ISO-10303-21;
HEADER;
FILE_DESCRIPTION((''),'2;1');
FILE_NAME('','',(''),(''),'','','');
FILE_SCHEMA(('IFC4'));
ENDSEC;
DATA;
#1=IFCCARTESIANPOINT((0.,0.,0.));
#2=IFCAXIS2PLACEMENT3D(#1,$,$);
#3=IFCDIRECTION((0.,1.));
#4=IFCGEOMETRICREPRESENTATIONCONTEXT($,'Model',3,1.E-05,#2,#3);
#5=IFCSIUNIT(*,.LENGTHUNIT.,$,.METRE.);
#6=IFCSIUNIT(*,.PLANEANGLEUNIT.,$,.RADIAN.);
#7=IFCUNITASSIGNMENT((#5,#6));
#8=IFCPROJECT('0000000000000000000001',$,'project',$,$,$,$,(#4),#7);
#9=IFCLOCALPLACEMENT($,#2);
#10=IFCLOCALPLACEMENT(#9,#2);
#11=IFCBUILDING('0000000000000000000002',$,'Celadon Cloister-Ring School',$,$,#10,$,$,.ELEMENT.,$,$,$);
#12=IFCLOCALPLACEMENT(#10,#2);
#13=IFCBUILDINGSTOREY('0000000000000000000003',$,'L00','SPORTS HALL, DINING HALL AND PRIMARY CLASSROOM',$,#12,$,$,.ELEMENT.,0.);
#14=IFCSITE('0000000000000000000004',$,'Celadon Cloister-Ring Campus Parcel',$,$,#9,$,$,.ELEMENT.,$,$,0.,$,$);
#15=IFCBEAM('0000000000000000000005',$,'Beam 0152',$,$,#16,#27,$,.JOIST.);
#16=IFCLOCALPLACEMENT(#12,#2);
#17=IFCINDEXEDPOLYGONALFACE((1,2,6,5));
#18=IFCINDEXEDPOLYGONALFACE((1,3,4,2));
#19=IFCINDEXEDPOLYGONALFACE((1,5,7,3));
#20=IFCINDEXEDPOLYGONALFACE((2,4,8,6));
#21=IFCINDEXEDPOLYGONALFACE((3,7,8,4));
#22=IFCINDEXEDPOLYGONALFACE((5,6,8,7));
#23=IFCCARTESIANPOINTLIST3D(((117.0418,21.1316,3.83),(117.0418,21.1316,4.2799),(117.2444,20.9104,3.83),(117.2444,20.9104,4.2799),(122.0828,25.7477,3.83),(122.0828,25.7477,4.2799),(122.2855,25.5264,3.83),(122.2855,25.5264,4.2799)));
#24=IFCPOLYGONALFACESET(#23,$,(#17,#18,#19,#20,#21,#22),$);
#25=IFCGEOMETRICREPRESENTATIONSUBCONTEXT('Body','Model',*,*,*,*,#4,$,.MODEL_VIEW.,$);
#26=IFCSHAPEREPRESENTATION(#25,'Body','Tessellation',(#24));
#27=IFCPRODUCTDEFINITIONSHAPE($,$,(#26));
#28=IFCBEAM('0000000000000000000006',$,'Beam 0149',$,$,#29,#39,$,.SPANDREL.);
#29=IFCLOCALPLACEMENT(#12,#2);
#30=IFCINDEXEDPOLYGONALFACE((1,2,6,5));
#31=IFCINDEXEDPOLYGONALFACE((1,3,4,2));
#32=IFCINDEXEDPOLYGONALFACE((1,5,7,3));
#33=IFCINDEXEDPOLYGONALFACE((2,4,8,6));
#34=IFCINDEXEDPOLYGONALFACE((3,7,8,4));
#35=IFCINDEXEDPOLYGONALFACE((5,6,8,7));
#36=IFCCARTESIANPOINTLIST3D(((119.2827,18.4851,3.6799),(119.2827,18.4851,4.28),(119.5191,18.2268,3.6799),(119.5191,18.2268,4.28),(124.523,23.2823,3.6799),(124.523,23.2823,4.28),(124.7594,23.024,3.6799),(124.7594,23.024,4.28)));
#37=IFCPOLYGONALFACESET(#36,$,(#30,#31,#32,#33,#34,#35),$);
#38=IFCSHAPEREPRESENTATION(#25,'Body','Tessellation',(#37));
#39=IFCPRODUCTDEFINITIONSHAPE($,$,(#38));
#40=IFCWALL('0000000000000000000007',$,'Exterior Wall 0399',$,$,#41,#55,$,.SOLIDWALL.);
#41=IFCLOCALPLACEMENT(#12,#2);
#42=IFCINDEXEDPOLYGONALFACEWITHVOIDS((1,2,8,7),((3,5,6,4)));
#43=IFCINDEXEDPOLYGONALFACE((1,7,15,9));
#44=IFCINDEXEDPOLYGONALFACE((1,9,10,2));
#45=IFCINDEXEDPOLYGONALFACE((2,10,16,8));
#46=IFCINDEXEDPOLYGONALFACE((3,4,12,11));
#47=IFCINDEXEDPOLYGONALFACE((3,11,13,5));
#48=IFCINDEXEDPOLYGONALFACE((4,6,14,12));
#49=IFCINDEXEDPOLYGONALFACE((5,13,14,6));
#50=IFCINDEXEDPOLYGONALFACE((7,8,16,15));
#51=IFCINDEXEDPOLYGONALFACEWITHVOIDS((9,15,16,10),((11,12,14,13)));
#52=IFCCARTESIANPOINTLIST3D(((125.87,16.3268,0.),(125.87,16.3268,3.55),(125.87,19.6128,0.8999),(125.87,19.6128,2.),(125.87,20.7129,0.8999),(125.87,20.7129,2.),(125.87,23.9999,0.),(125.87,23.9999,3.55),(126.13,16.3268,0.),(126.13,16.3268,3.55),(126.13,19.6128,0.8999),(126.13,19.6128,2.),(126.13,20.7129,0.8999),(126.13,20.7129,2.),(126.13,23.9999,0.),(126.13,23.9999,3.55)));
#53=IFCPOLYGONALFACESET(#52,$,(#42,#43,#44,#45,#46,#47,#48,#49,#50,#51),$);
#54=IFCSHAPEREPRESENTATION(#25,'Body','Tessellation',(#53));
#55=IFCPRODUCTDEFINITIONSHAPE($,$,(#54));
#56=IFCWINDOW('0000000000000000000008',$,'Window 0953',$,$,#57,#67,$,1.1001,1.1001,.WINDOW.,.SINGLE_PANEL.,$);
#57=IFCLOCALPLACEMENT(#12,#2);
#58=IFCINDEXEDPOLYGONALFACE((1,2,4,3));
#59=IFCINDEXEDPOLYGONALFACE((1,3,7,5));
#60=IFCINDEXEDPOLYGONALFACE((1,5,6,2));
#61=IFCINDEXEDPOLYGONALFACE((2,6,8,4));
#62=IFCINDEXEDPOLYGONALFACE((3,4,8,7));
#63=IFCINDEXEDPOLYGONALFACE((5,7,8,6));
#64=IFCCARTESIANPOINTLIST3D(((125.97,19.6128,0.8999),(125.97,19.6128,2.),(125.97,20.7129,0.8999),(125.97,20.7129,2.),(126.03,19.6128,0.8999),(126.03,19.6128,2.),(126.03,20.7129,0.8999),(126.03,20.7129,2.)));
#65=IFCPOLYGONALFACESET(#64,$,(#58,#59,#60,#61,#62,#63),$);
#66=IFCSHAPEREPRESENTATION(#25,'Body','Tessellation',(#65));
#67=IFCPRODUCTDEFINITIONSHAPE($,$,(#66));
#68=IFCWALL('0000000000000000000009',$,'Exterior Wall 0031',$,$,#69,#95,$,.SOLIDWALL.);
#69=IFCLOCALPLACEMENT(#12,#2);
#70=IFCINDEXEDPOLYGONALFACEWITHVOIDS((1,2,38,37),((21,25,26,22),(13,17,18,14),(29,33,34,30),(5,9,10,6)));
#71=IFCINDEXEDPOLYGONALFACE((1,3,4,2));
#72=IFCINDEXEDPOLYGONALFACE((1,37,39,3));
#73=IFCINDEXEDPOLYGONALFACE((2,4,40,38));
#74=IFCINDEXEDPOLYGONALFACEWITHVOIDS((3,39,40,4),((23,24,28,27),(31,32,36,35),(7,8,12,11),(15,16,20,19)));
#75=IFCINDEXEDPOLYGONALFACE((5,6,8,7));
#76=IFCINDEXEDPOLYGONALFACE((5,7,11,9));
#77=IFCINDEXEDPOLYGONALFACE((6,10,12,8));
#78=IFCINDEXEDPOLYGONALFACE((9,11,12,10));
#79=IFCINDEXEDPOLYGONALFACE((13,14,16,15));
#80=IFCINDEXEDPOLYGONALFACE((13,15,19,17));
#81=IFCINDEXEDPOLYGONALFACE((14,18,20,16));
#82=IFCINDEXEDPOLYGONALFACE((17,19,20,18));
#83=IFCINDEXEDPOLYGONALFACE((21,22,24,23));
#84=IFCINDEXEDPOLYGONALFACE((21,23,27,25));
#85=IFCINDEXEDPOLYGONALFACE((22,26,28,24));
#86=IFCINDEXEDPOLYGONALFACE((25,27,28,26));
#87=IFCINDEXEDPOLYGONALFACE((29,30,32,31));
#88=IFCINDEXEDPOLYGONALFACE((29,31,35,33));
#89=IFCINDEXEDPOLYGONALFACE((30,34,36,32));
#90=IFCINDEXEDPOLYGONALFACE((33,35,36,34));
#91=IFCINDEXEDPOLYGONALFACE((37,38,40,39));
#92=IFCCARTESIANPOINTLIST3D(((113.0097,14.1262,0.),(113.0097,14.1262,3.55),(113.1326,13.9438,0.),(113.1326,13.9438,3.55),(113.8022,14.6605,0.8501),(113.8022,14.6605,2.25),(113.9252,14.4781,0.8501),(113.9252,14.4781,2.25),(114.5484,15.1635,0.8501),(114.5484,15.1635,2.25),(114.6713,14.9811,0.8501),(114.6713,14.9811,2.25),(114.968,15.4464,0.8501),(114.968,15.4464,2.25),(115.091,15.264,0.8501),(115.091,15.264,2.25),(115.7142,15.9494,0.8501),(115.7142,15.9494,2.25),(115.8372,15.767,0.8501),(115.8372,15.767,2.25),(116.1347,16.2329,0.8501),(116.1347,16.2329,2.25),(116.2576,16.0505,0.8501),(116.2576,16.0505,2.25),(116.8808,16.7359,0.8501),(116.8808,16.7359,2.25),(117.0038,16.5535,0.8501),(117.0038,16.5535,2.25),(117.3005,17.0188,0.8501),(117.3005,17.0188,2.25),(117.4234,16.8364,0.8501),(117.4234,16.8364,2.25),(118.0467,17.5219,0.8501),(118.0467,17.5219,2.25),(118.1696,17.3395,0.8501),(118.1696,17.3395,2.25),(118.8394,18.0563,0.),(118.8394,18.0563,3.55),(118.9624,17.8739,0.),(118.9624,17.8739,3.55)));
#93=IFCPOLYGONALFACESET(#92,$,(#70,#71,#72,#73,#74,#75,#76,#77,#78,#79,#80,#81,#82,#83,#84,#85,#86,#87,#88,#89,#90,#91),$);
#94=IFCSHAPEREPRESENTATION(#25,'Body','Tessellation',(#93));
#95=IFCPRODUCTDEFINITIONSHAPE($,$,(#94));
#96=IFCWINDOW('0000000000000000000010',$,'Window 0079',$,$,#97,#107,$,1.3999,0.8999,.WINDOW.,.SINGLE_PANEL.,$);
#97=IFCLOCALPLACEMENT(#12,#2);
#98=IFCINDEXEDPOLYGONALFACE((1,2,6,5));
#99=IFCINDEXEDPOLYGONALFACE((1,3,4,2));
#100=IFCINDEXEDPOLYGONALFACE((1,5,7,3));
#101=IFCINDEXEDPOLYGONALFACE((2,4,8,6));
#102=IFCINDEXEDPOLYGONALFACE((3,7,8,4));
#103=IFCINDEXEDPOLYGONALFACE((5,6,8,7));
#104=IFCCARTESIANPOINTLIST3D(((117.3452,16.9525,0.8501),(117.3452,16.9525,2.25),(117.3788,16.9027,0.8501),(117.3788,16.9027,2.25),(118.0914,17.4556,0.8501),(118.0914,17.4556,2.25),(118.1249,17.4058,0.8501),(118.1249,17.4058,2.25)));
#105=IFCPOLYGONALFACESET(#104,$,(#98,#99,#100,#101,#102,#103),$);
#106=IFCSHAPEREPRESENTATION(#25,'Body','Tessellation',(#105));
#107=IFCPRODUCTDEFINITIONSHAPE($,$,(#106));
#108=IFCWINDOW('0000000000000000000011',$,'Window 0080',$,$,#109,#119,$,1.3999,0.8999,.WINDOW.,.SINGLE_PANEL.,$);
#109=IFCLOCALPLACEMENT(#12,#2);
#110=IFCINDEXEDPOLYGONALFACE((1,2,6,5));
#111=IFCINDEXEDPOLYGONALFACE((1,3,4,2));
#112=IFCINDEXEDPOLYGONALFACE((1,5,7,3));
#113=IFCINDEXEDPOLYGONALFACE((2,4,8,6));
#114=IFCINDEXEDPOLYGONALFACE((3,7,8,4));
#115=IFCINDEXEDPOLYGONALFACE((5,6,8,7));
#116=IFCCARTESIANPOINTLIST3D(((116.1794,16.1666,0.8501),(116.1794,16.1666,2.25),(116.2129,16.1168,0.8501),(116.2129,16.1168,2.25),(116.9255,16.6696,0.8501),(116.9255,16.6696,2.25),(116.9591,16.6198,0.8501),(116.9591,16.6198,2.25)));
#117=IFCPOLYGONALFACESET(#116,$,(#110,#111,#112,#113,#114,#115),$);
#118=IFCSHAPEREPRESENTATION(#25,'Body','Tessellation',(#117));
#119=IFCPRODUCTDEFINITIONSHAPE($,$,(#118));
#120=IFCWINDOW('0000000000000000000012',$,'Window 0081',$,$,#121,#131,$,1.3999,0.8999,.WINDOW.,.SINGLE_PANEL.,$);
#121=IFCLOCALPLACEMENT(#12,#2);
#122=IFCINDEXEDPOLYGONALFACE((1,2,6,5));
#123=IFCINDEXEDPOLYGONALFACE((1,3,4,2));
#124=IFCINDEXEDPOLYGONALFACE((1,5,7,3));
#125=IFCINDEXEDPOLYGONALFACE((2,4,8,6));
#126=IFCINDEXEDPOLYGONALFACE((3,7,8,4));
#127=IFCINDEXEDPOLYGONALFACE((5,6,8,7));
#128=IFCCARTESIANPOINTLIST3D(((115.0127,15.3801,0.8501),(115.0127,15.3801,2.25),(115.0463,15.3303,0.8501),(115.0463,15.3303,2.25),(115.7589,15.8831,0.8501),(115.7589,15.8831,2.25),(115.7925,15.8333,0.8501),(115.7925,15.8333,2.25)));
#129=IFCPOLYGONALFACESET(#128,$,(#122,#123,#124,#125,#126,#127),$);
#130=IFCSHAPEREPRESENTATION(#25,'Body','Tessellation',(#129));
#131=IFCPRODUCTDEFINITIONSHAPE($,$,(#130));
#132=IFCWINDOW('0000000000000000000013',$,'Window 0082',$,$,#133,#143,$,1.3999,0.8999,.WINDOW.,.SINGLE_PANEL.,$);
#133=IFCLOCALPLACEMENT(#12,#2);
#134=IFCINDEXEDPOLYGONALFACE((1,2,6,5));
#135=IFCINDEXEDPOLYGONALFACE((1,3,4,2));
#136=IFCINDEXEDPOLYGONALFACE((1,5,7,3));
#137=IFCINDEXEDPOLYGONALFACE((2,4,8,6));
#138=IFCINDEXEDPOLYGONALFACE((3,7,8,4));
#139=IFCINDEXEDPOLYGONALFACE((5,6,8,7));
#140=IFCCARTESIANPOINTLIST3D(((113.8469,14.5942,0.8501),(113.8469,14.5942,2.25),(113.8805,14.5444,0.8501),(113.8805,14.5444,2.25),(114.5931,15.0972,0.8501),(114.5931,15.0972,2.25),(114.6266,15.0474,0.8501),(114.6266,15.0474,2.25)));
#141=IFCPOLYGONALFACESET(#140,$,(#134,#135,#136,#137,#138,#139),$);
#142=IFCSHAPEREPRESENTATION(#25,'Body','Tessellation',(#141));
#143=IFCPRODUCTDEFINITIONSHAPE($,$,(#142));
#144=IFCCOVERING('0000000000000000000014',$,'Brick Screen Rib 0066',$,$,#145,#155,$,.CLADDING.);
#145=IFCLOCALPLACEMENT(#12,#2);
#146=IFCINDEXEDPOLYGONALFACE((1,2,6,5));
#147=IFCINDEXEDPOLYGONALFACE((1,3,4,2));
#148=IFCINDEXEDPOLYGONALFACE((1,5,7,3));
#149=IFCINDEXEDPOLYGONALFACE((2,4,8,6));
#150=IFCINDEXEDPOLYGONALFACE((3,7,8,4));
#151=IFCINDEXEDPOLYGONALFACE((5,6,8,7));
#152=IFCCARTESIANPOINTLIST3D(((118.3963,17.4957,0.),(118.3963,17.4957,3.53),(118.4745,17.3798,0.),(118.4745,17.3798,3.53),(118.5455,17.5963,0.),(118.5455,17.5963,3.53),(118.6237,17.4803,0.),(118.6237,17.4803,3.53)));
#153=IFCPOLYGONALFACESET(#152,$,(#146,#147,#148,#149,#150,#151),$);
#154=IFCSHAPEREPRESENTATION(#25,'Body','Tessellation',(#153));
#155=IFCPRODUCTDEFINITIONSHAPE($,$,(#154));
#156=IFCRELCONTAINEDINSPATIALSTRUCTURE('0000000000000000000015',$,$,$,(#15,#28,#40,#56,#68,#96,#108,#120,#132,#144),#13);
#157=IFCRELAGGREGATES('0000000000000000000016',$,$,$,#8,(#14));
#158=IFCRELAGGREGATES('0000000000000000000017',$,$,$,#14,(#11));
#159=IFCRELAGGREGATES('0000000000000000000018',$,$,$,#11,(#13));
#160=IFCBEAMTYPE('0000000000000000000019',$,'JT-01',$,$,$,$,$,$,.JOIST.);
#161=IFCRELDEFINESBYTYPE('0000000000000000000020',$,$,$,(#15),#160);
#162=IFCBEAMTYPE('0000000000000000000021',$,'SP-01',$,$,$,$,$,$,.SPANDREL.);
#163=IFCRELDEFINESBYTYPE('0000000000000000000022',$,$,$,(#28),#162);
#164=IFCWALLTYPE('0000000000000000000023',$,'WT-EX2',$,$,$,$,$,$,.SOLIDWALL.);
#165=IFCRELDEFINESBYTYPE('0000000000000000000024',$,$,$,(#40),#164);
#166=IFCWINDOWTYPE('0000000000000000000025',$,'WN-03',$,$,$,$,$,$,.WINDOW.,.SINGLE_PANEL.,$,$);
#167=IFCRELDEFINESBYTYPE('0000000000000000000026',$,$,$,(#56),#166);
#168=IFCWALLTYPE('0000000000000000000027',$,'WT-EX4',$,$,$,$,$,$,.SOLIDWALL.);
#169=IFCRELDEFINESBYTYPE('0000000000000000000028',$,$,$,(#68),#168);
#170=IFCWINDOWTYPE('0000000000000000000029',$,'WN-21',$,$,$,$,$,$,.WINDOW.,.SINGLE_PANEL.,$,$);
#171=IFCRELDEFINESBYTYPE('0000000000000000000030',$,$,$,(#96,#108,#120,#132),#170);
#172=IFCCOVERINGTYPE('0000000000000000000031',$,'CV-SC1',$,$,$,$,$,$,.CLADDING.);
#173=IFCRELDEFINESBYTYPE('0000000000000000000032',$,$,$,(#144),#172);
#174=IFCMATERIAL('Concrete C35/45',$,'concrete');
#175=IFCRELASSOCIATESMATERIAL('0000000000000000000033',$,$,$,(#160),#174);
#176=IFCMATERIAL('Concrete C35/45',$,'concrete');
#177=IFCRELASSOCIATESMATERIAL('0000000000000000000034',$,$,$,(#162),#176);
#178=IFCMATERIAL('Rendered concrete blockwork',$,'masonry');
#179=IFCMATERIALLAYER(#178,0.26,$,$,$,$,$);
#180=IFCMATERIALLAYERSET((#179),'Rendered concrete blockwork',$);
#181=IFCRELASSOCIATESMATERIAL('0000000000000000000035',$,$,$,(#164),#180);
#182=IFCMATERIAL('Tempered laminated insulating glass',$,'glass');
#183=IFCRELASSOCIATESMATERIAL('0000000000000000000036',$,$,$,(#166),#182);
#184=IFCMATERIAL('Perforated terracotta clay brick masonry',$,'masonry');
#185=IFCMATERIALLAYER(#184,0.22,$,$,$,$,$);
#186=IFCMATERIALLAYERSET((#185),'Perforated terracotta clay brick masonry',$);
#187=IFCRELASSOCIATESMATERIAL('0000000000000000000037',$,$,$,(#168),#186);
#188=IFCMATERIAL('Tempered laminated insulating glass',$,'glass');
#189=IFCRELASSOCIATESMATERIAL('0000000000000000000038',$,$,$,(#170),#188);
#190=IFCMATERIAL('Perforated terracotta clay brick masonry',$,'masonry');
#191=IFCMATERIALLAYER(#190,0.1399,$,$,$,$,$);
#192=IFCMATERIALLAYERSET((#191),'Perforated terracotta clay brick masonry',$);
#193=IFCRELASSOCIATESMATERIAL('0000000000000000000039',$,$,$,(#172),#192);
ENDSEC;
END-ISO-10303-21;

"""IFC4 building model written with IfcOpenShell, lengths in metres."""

from ifc_helpers import new_model, si_unit, direction, frame, frame_2d, origin, origin_2d, place, context, subcontext, project, spatial, rectangle, extrude, material, layer, layer_set, material_profile, profile_set, type_object, element, fill, save


model = new_model("IFC4")

# Units and contexts
model_context = context("Model", 3, precision=1e-05, world=origin(), true_north=direction((0.0, 1.0)))
body_context = subcontext(model_context, "Body", "Model", "MODEL_VIEW")
ifc_project = project(units=[si_unit("LENGTHUNIT", "METRE"), si_unit("PLANEANGLEUNIT", "RADIAN")], contexts=[model_context])

# Site, building, storey
site_placement = place(None, origin())
site = spatial("IfcSite", under=ifc_project, at=site_placement, Name="Celadon Cloister-Ring Campus Parcel", CompositionType="ELEMENT", RefElevation=0.0)
building_placement = place(site_placement, origin())
building = spatial("IfcBuilding", under=site, at=building_placement, Name="Celadon Cloister-Ring School", CompositionType="ELEMENT")
storey_placement = place(building_placement, origin())
storey = spatial("IfcBuildingStorey", under=building, at=storey_placement, Name="L00", Description="SPORTS HALL, DINING HALL AND PRIMARY CLASSROOM", CompositionType="ELEMENT", Elevation=0.0)

# Beams
ifc_material_1 = material(Name="Concrete C35/45", Category="concrete")
ifc_material_profile_1 = material_profile(ifc_material_1, rectangle(XDim=0.3, YDim=0.45, at=origin_2d()), Name="RC300X450")
ifc_profile_set_1 = profile_set([ifc_material_profile_1], Name="Concrete C35/45")
beam_type_1 = type_object("IfcBeamType", Name="JT-01", PredefinedType="JOIST", material=ifc_profile_set_1)
beam_1_placement = place(storey_placement, frame((117.1431, 21.021, 4.0549), z_axis=(0.737516, 0.67533, 0.0), x_axis=(-0.67533, 0.737516, 0.0)))
element("IfcBeam", 1, at=beam_1_placement, inside=storey, type_object=beam_type_1, Name="Beam 0152", PredefinedType="JOIST", context=body_context, shape_type="SweptSolid", body=[
    extrude(rectangle(XDim=0.3, YDim=0.45, at=origin_2d()), origin(), (0.0, 0.0, 1.0), 6.8352),
])
ifc_material_2 = material(Name="Concrete C35/45", Category="concrete")
ifc_material_profile_2 = material_profile(ifc_material_2, rectangle(XDim=0.3501, YDim=0.6001, at=origin_2d()), Name="RC350X600")
ifc_profile_set_2 = profile_set([ifc_material_profile_2], Name="Concrete C35/45")
beam_type_2 = type_object("IfcBeamType", Name="SP-01", PredefinedType="SPANDREL", material=ifc_profile_set_2)
beam_2_placement = place(storey_placement, frame((119.4009, 18.356, 3.98), z_axis=(0.737605, 0.675233, 0.0), x_axis=(-0.675233, 0.737605, 0.0)))
element("IfcBeam", 2, at=beam_2_placement, inside=storey, type_object=beam_type_2, Name="Beam 0149", PredefinedType="SPANDREL", context=body_context, shape_type="SweptSolid", body=[
    extrude(rectangle(XDim=0.3501, YDim=0.6001, at=origin_2d()), origin(), (0.0, 0.0, 1.0), 7.1045),
])

# Wall, opening, window
ifc_material_3 = material(Name="Rendered concrete blockwork", Category="masonry")
ifc_layer_1 = layer(ifc_material_3, 0.26)
ifc_layer_set_1 = layer_set([ifc_layer_1], Name="Rendered concrete blockwork")
wall_type_1 = type_object("IfcWallType", Name="WT-EX2", PredefinedType="SOLIDWALL", material=ifc_layer_set_1)
wall_1_placement = place(storey_placement, frame((126.0, 16.3269, 0.0), z_axis=(0.0, 0.0, 1.0), x_axis=(0.0, 1.0, 0.0)))
wall_1 = element("IfcWall", 3, at=wall_1_placement, inside=storey, type_object=wall_type_1, Name="Exterior Wall 0399", PredefinedType="SOLIDWALL", context=body_context, shape_type="SweptSolid", body=[
    extrude(rectangle(XDim=7.6731, YDim=0.26, at=frame_2d((3.8364, 0.0))), origin(), (0.0, 0.0, 1.0), 3.55),
])
opening_1_placement = place(wall_1_placement, frame((3.2859, 0.0, 0.8999)))
opening_1 = element("IfcOpeningElement", 4, at=opening_1_placement, cuts=wall_1, PredefinedType="OPENING", context=body_context, shape_type="SweptSolid", body=[
    extrude(rectangle(XDim=1.1001, YDim=1.1001, at=frame_2d((0.55, 0.55))), frame((0.0, 0.1401, 0.0), z_axis=(0.0, -1.0, 0.0), x_axis=(1.0, 0.0, 0.0)), (0.0, 0.0, 1.0), 0.28),
])
ifc_material_4 = material(Name="Tempered laminated insulating glass", Category="glass")
window_type_1 = type_object("IfcWindowType", Name="WN-03", PartitioningType="SINGLE_PANEL", PredefinedType="WINDOW", material=ifc_material_4)
window_1_placement = place(opening_1_placement, origin())
window_1 = element("IfcWindow", 5, at=window_1_placement, inside=storey, type_object=window_type_1, Name="Window 0953", OverallHeight=1.1001, OverallWidth=1.1001, PartitioningType="SINGLE_PANEL", PredefinedType="WINDOW", context=body_context, shape_type="SweptSolid", body=[
    extrude(rectangle(XDim=1.1001, YDim=1.1001, at=frame_2d((0.55, 0.55))), frame((0.0, 0.03, 0.0), z_axis=(0.0, -1.0, 0.0), x_axis=(1.0, 0.0, 0.0)), (0.0, 0.0, 1.0), 0.0601),
])
fill(opening_1, window_1)

# Wall, openings, windows
ifc_material_5 = material(Name="Perforated terracotta clay brick masonry", Category="masonry")
ifc_layer_2 = layer(ifc_material_5, 0.22)
ifc_layer_set_2 = layer_set([ifc_layer_2], Name="Perforated terracotta clay brick masonry")
wall_type_2 = type_object("IfcWallType", Name="WT-EX4", PredefinedType="SOLIDWALL", material=ifc_layer_set_2)
wall_2_placement = place(storey_placement, frame((118.9009, 17.9651, 0.0), z_axis=(0.0, 0.0, 1.0), x_axis=(-0.829176, -0.558988, 0.0)))
wall_2 = element("IfcWall", 6, at=wall_2_placement, inside=storey, type_object=wall_type_2, Name="Exterior Wall 0031", PredefinedType="SOLIDWALL", context=body_context, shape_type="SweptSolid", body=[
    extrude(rectangle(XDim=7.0308, YDim=0.22, at=frame_2d((3.5154, 0.0))), origin(), (0.0, 0.0, 1.0), 3.55),
])
opening_2_placement = place(wall_2_placement, frame((0.9561, 0.0, 0.8501)))
opening_2 = element("IfcOpeningElement", 7, at=opening_2_placement, cuts=wall_2, PredefinedType="OPENING", context=body_context, shape_type="SweptSolid", body=[
    extrude(rectangle(XDim=0.8999, YDim=1.3999, at=frame_2d((0.45, 0.7))), frame((0.0, 0.1201, 0.0), z_axis=(0.0, -1.0, 0.0), x_axis=(1.0, 0.0, 0.0)), (0.0, 0.0, 1.0), 0.24),
])
opening_3_placement = place(wall_2_placement, frame((2.3621, 0.0, 0.8501)))
opening_3 = element("IfcOpeningElement", 8, at=opening_3_placement, cuts=wall_2, PredefinedType="OPENING", context=body_context, shape_type="SweptSolid", body=[
    extrude(rectangle(XDim=0.8999, YDim=1.3999, at=frame_2d((0.45, 0.7))), frame((0.0, 0.1201, 0.0), z_axis=(0.0, -1.0, 0.0), x_axis=(1.0, 0.0, 0.0)), (0.0, 0.0, 1.0), 0.24),
])
opening_4_placement = place(wall_2_placement, frame((3.769, 0.0, 0.8501)))
opening_4 = element("IfcOpeningElement", 9, at=opening_4_placement, cuts=wall_2, PredefinedType="OPENING", context=body_context, shape_type="SweptSolid", body=[
    extrude(rectangle(XDim=0.8999, YDim=1.3999, at=frame_2d((0.45, 0.7))), frame((0.0, 0.1201, 0.0), z_axis=(0.0, -1.0, 0.0), x_axis=(1.0, 0.0, 0.0)), (0.0, 0.0, 1.0), 0.24),
])
opening_5_placement = place(wall_2_placement, frame((5.175, 0.0, 0.8501)))
opening_5 = element("IfcOpeningElement", 10, at=opening_5_placement, cuts=wall_2, PredefinedType="OPENING", context=body_context, shape_type="SweptSolid", body=[
    extrude(rectangle(XDim=0.8999, YDim=1.3999, at=frame_2d((0.45, 0.7))), frame((0.0, 0.1201, 0.0), z_axis=(0.0, -1.0, 0.0), x_axis=(1.0, 0.0, 0.0)), (0.0, 0.0, 1.0), 0.24),
])
ifc_material_6 = material(Name="Tempered laminated insulating glass", Category="glass")
window_type_2 = type_object("IfcWindowType", Name="WN-21", PartitioningType="SINGLE_PANEL", PredefinedType="WINDOW", material=ifc_material_6)
window_2_placement = place(opening_2_placement, origin())
window_2 = element("IfcWindow", 11, at=window_2_placement, inside=storey, type_object=window_type_2, Name="Window 0079", OverallHeight=1.3999, OverallWidth=0.8999, PartitioningType="SINGLE_PANEL", PredefinedType="WINDOW", context=body_context, shape_type="SweptSolid", body=[
    extrude(rectangle(XDim=0.8999, YDim=1.3999, at=frame_2d((0.45, 0.7))), frame((0.0, 0.03, 0.0), z_axis=(0.0, -1.0, 0.0), x_axis=(1.0, 0.0, 0.0)), (0.0, 0.0, 1.0), 0.0601),
])
fill(opening_2, window_2)
window_3_placement = place(opening_3_placement, origin())
window_3 = element("IfcWindow", 12, at=window_3_placement, inside=storey, type_object=window_type_2, Name="Window 0080", OverallHeight=1.3999, OverallWidth=0.8999, PartitioningType="SINGLE_PANEL", PredefinedType="WINDOW", context=body_context, shape_type="SweptSolid", body=[
    extrude(rectangle(XDim=0.8999, YDim=1.3999, at=frame_2d((0.45, 0.7))), frame((0.0, 0.03, 0.0), z_axis=(0.0, -1.0, 0.0), x_axis=(1.0, 0.0, 0.0)), (0.0, 0.0, 1.0), 0.0601),
])
fill(opening_3, window_3)
window_4_placement = place(opening_4_placement, origin())
window_4 = element("IfcWindow", 13, at=window_4_placement, inside=storey, type_object=window_type_2, Name="Window 0081", OverallHeight=1.3999, OverallWidth=0.8999, PartitioningType="SINGLE_PANEL", PredefinedType="WINDOW", context=body_context, shape_type="SweptSolid", body=[
    extrude(rectangle(XDim=0.8999, YDim=1.3999, at=frame_2d((0.45, 0.7))), frame((0.0, 0.03, 0.0), z_axis=(0.0, -1.0, 0.0), x_axis=(1.0, 0.0, 0.0)), (0.0, 0.0, 1.0), 0.0601),
])
fill(opening_4, window_4)
window_5_placement = place(opening_5_placement, origin())
window_5 = element("IfcWindow", 14, at=window_5_placement, inside=storey, type_object=window_type_2, Name="Window 0082", OverallHeight=1.3999, OverallWidth=0.8999, PartitioningType="SINGLE_PANEL", PredefinedType="WINDOW", context=body_context, shape_type="SweptSolid", body=[
    extrude(rectangle(XDim=0.8999, YDim=1.3999, at=frame_2d((0.45, 0.7))), frame((0.0, 0.03, 0.0), z_axis=(0.0, -1.0, 0.0), x_axis=(1.0, 0.0, 0.0)), (0.0, 0.0, 1.0), 0.0601),
])
fill(opening_5, window_5)

# Covering
ifc_material_7 = material(Name="Perforated terracotta clay brick masonry", Category="masonry")
ifc_layer_3 = layer(ifc_material_7, 0.1399)
ifc_layer_set_3 = layer_set([ifc_layer_3], Name="Perforated terracotta clay brick masonry")
covering_type = type_object("IfcCoveringType", Name="CV-SC1", PredefinedType="CLADDING", material=ifc_layer_set_3)
for number, where, z_axis, x_axis, name in (
    (15, (118.51, 17.488, 0.0), (0.0, 0.0, 1.0), (-0.829194, -0.558961, 0.0), "Brick Screen Rib 0066"),
):
    element("IfcCovering", number, at=place(storey_placement, frame(where, z_axis=z_axis, x_axis=x_axis)), inside=storey, type_object=covering_type, Name=name, PredefinedType="CLADDING", context=body_context, shape_type="SweptSolid", body=[
        extrude(rectangle(XDim=0.1799, YDim=0.1399, at=origin_2d()), origin(), (0.0, 0.0, 1.0), 3.53),
    ])

save(model, "model.ifc")
